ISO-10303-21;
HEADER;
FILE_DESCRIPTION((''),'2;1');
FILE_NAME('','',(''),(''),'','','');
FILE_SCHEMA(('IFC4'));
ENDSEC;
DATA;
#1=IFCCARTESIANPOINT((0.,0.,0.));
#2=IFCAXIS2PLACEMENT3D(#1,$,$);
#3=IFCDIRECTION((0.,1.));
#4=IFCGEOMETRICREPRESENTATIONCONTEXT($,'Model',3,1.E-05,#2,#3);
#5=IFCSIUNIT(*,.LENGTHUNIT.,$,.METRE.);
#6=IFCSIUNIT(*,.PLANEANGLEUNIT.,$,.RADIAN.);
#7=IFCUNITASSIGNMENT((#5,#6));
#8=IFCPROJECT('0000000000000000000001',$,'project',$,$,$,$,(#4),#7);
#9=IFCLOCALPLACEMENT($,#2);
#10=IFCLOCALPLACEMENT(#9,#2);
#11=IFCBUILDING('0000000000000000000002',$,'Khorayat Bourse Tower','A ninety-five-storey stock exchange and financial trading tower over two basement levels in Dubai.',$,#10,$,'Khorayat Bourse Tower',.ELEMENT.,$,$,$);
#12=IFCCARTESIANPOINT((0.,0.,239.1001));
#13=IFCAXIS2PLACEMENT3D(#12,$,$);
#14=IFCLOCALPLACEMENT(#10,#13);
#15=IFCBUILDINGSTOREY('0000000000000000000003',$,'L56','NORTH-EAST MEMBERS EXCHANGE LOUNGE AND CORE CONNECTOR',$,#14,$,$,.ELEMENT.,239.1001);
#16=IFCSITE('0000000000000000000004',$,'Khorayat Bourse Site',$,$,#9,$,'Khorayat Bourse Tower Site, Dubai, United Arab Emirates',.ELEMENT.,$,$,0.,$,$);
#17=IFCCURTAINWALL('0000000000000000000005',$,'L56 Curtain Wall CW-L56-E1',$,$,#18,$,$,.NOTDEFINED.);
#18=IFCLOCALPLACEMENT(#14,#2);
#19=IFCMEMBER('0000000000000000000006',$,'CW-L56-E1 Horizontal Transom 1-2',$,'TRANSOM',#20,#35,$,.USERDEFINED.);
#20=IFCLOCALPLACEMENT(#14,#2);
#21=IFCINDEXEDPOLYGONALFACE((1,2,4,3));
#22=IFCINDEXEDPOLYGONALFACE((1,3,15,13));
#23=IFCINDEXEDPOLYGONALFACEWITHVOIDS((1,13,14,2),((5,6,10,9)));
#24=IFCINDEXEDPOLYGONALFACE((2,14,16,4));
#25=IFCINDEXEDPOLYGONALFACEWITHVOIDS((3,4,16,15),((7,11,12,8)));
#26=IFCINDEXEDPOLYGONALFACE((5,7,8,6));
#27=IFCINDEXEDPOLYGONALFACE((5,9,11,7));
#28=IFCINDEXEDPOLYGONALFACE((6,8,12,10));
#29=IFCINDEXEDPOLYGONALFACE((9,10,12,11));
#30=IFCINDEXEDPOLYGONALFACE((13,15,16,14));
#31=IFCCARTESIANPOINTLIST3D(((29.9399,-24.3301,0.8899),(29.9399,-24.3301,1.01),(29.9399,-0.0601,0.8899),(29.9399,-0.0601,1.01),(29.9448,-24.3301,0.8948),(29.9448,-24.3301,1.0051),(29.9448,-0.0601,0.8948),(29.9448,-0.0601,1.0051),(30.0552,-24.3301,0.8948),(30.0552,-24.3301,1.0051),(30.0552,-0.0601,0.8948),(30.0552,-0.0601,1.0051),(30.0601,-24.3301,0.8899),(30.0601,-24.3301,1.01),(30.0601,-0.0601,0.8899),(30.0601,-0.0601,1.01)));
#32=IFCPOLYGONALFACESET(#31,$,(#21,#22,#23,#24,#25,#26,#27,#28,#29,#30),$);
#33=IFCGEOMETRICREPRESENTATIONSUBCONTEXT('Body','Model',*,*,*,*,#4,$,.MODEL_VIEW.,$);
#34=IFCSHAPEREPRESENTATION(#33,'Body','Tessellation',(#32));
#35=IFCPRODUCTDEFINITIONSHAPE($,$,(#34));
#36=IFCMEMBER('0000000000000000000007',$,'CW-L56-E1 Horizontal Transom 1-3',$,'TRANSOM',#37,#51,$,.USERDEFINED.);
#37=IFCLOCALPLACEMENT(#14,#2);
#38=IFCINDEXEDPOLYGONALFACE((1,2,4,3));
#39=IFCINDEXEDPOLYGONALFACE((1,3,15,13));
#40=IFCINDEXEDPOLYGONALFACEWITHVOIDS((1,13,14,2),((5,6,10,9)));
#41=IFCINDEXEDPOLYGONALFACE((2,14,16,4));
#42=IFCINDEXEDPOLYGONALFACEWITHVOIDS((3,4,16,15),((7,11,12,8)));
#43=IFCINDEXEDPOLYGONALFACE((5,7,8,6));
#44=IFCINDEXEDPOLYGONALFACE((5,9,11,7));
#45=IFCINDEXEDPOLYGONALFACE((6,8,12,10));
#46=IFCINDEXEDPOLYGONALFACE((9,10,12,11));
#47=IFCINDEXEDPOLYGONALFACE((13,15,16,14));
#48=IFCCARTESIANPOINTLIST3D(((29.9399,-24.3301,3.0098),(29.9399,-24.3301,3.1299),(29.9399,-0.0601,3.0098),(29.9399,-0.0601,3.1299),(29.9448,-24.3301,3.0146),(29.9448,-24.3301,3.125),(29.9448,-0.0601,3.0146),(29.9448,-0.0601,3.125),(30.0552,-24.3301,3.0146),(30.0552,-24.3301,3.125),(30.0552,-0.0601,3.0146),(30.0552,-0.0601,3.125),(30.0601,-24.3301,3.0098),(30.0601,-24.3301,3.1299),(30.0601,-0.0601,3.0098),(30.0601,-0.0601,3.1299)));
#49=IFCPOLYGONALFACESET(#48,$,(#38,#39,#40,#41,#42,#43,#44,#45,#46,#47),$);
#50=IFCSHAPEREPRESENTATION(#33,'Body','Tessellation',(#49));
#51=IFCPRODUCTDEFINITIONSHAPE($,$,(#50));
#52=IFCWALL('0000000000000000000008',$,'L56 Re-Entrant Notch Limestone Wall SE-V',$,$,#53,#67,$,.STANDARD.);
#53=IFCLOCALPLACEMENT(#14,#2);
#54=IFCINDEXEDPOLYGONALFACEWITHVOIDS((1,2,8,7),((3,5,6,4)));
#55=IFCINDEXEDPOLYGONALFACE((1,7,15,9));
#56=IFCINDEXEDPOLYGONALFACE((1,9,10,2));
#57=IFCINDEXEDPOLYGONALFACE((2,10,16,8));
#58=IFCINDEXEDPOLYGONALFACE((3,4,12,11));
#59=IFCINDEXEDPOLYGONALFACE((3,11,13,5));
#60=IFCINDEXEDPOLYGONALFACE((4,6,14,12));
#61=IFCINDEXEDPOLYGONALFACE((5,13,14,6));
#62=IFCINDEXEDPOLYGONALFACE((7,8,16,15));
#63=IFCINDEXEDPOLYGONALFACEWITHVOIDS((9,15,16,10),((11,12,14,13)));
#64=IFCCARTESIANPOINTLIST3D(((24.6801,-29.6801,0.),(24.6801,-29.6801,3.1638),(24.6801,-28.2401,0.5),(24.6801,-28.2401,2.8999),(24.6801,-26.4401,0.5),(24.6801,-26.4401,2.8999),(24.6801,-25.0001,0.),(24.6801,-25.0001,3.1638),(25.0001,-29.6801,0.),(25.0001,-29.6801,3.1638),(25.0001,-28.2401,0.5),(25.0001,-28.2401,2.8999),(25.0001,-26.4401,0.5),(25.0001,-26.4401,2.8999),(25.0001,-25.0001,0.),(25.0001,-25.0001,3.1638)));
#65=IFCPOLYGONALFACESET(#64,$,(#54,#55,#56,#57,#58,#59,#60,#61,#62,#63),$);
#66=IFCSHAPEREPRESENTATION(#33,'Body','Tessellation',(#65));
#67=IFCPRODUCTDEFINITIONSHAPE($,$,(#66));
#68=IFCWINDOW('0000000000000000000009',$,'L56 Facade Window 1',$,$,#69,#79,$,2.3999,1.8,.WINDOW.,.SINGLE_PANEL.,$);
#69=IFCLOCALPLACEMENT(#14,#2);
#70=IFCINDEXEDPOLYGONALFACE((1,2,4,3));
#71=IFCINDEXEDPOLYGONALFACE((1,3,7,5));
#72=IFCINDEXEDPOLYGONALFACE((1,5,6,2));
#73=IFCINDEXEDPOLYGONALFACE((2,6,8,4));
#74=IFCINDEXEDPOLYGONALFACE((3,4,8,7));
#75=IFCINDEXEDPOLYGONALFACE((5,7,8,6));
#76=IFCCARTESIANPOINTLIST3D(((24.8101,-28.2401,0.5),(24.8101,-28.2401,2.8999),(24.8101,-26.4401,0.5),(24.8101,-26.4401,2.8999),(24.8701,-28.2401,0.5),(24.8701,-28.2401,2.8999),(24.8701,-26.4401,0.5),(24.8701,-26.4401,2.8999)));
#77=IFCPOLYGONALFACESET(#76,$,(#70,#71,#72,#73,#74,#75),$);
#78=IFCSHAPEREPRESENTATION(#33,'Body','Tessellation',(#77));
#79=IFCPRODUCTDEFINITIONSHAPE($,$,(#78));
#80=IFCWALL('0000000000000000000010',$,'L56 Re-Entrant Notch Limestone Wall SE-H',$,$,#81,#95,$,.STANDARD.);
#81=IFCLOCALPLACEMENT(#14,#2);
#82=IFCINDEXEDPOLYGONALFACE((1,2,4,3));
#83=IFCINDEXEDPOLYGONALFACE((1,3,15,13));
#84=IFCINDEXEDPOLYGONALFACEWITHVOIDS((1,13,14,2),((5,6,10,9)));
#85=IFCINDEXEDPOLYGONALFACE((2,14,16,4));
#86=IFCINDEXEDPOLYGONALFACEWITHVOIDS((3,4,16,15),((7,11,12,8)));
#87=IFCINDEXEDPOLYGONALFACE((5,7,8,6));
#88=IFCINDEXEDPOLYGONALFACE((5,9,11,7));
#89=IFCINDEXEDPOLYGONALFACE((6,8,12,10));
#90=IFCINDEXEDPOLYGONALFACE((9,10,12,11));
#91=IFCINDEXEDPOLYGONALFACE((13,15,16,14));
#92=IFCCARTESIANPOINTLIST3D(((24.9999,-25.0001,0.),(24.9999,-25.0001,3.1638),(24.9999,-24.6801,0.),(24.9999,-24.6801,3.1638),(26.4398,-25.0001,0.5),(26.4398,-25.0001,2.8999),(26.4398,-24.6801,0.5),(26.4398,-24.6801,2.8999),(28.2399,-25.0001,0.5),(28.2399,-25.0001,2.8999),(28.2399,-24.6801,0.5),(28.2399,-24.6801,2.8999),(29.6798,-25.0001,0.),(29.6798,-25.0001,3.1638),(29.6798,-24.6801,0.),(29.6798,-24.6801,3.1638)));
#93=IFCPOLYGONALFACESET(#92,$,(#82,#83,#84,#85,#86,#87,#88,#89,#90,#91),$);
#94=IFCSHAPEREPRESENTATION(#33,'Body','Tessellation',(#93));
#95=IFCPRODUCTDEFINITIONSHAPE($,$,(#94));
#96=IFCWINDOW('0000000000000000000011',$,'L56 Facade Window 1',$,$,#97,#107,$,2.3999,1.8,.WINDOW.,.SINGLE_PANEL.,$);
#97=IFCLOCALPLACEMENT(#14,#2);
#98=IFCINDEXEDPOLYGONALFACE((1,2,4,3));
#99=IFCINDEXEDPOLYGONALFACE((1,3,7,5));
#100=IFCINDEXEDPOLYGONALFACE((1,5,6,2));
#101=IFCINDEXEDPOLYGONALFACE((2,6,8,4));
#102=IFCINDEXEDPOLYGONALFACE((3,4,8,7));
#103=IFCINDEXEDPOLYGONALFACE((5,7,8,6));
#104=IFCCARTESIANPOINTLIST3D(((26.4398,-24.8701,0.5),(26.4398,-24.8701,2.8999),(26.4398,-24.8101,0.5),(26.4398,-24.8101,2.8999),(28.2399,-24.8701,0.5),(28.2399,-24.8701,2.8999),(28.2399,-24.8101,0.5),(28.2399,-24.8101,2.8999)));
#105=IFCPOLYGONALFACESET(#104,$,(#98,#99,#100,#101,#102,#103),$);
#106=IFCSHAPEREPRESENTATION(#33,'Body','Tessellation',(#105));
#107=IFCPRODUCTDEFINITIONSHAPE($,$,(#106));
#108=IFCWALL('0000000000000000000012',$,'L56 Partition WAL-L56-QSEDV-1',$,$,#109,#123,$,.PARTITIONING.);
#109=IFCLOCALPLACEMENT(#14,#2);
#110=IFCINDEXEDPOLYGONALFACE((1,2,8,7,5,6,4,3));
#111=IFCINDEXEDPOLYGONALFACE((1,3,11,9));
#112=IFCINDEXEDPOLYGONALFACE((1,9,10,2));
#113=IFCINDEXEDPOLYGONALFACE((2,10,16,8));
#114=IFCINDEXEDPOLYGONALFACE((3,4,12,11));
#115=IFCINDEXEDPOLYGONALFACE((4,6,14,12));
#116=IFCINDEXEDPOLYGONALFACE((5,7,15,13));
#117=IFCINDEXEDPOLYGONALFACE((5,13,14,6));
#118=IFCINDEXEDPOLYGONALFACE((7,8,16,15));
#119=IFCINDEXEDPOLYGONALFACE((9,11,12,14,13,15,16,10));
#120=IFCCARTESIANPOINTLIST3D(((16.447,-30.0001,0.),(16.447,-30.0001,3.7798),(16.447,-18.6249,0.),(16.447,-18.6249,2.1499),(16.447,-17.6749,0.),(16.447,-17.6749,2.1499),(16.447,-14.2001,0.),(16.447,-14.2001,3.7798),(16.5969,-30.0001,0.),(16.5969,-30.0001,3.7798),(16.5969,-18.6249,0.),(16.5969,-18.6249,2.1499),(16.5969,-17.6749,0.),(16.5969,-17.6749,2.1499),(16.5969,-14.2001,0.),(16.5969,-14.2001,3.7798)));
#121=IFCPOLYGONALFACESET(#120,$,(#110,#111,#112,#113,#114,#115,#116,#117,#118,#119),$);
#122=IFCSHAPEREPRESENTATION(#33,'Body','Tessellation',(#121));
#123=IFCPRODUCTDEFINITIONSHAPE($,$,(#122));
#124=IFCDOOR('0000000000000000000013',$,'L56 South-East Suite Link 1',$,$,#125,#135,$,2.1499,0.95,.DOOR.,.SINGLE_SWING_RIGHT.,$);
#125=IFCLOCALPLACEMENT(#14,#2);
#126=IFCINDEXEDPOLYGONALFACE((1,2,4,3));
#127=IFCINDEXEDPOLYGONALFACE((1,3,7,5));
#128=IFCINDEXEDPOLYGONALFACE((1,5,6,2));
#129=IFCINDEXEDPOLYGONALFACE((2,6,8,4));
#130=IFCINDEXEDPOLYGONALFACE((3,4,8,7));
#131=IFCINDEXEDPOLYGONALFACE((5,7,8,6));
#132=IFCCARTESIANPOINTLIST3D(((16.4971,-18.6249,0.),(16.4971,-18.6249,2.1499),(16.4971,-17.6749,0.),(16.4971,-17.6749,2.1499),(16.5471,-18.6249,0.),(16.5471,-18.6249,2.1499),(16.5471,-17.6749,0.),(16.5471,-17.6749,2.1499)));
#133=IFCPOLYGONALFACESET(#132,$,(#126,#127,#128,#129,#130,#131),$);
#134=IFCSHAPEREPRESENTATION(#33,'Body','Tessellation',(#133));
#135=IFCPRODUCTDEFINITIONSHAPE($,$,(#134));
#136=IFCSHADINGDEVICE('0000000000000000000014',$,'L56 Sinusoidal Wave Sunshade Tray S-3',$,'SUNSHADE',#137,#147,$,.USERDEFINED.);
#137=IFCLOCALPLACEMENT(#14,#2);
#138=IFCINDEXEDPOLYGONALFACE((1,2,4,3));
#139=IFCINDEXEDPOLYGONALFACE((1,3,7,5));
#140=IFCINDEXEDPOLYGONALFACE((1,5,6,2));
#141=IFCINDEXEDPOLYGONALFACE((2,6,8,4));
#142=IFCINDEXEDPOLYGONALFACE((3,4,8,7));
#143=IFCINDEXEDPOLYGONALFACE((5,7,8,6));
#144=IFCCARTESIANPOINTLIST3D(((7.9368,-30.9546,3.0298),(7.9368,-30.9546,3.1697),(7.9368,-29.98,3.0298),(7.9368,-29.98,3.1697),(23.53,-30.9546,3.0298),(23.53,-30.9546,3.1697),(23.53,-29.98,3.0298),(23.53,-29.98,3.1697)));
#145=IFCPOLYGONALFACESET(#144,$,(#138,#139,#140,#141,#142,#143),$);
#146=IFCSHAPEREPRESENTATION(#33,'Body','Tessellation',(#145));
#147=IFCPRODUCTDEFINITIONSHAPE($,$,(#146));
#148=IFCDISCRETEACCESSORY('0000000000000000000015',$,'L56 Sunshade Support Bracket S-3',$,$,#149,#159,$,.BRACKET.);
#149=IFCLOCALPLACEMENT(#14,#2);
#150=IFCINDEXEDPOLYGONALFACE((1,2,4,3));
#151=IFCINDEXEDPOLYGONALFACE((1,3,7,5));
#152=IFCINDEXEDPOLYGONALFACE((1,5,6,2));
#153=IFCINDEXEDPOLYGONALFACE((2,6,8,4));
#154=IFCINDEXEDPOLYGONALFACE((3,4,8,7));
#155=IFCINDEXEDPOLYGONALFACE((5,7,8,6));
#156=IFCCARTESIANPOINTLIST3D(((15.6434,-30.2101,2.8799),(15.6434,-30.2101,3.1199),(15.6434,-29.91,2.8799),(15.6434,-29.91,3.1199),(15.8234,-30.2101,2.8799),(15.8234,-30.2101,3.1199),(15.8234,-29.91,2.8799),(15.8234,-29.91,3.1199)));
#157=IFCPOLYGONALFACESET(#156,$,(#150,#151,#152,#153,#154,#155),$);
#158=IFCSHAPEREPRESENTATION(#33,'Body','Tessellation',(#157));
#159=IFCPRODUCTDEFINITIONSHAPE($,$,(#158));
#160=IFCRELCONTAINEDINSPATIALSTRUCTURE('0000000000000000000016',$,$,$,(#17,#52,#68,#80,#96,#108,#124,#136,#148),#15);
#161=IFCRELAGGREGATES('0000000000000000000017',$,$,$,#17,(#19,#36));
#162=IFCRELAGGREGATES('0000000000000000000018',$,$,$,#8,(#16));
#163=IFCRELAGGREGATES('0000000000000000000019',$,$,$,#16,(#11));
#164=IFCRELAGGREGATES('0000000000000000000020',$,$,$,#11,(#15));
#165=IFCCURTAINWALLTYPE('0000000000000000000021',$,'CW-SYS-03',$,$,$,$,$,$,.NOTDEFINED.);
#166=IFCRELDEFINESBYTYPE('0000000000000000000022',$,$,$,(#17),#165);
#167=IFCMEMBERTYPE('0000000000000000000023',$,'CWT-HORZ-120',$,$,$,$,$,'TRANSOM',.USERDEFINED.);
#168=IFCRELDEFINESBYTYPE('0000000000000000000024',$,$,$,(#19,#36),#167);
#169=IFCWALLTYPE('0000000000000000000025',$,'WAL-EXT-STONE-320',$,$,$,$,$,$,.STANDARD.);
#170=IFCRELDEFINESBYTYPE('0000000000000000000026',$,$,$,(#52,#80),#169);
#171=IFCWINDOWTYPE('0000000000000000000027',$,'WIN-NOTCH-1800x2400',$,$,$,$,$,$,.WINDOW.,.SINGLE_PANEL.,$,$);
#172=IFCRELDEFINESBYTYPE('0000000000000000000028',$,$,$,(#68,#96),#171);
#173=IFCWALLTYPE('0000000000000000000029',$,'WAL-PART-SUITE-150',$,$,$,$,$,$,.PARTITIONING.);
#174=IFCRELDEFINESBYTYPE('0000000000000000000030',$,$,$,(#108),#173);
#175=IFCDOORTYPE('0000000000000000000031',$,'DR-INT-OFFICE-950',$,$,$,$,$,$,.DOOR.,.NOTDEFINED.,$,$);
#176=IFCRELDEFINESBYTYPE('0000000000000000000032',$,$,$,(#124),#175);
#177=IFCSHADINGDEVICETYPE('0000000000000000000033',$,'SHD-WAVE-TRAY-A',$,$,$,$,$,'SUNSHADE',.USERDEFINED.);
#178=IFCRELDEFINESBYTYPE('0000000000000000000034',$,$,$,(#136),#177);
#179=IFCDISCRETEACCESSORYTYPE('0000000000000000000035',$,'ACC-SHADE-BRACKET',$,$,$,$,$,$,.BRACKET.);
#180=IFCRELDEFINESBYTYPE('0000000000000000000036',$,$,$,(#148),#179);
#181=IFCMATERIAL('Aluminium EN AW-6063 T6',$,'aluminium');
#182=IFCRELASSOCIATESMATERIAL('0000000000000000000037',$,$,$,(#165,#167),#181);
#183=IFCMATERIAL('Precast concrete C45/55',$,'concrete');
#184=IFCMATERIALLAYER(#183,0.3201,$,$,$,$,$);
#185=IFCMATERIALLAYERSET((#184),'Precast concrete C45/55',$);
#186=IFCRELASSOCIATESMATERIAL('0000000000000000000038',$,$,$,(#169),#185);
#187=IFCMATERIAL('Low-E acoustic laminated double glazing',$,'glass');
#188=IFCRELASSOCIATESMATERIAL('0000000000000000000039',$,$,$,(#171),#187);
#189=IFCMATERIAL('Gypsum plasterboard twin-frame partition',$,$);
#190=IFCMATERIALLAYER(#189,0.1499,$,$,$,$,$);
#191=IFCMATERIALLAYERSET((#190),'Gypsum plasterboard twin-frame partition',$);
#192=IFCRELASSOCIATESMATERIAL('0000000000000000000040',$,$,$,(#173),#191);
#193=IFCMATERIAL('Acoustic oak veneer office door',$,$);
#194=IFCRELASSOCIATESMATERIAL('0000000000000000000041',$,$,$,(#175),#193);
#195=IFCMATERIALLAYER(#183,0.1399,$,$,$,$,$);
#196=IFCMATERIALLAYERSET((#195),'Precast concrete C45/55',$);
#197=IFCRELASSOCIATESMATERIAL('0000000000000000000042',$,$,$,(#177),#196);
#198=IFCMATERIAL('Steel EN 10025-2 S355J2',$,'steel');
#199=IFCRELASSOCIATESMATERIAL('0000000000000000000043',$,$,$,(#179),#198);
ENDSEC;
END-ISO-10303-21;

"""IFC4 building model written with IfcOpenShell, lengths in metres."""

from ifc_helpers import new_model, si_unit, direction, frame, frame_2d, origin, origin_2d, place, context, subcontext, project, spatial, rectangle, hollow_rectangle, extrude, source, transform, mapped, material, layer, layer_set, material_profile, profile_set, type_object, element, fill, aggregate, save


model = new_model("IFC4")

# Units and contexts
model_context = context("Model", 3, precision=1e-05, world=origin(), true_north=direction((0.0, 1.0)))
body_context = subcontext(model_context, "Body", "Model", "MODEL_VIEW")
ifc_project = project(units=[si_unit("LENGTHUNIT", "METRE"), si_unit("PLANEANGLEUNIT", "RADIAN")], contexts=[model_context])

# Site, building, storey
site_placement = place(None, origin())
site = spatial("IfcSite", under=ifc_project, at=site_placement, Name="Khorayat Bourse Site", LongName="Khorayat Bourse Tower Site, Dubai, United Arab Emirates", CompositionType="ELEMENT", RefElevation=0.0)
building_placement = place(site_placement, origin())
building = spatial("IfcBuilding", under=site, at=building_placement, Name="Khorayat Bourse Tower", Description="A ninety-five-storey stock exchange and financial trading tower over two basement levels in Dubai.", LongName="Khorayat Bourse Tower", CompositionType="ELEMENT")
storey_placement = place(building_placement, frame((0.0, 0.0, 239.1001)))
storey = spatial("IfcBuildingStorey", under=building, at=storey_placement, Name="L56", Description="NORTH-EAST MEMBERS EXCHANGE LOUNGE AND CORE CONNECTOR", CompositionType="ELEMENT", Elevation=239.1001)

# Curtain wall
ifc_material_1 = material(Name="Aluminium EN AW-6063 T6", Category="aluminium")
curtain_wall_type = type_object("IfcCurtainWallType", Name="CW-SYS-03", PredefinedType="NOTDEFINED", material=ifc_material_1)
curtain_wall_1_placement = place(storey_placement, origin())
curtain_wall_1 = element("IfcCurtainWall", 1, at=curtain_wall_1_placement, inside=storey, type_object=curtain_wall_type, Name="L56 Curtain Wall CW-L56-E1", PredefinedType="NOTDEFINED")

# Members
ifc_material_profile_1 = material_profile(ifc_material_1, hollow_rectangle(XDim=0.1201, YDim=0.1201, WallThickness=0.0049, at=origin_2d()), Name="ALU 120x120x5")
ifc_profile_set_1 = profile_set([ifc_material_profile_1], Name="Aluminium EN AW-6063 T6")
member_type_1 = type_object("IfcMemberType", Name="CWT-HORZ-120", ElementType="TRANSOM", PredefinedType="USERDEFINED", material=ifc_profile_set_1)
shared_shape_1 = source(origin(), body_context, "Body", "SweptSolid", [
    extrude(hollow_rectangle(XDim=0.1201, YDim=0.1201, WallThickness=0.0049, at=origin_2d()), origin(), (0.0, 0.0, 1.0), 24.27),
])
member_1_placement = place(storey_placement, frame((30.0, -24.3301, 0.95), z_axis=(0.0, 1.0, 0.0), x_axis=(-1.0, 0.0, 0.0)))
member_1 = element("IfcMember", 2, at=member_1_placement, type_object=member_type_1, Name="CW-L56-E1 Horizontal Transom 1-2", ObjectType="TRANSOM", PredefinedType="USERDEFINED", context=body_context, shape_type="MappedRepresentation", body=[
    mapped(shared_shape_1, transform((0.0, 0.0, 0.0), scale=1.0)),
])
member_2_placement = place(storey_placement, frame((30.0, -24.3301, 3.0698), z_axis=(0.0, 1.0, 0.0), x_axis=(-1.0, 0.0, 0.0)))
member_2 = element("IfcMember", 3, at=member_2_placement, type_object=member_type_1, Name="CW-L56-E1 Horizontal Transom 1-3", ObjectType="TRANSOM", PredefinedType="USERDEFINED", context=body_context, shape_type="MappedRepresentation", body=[
    mapped(shared_shape_1, transform((0.0, 0.0, 0.0), scale=1.0)),
])
aggregate(curtain_wall_1, [member_1, member_2])

# Walls, openings, windows
ifc_material_2 = material(Name="Precast concrete C45/55", Category="concrete")
ifc_layer_1 = layer(ifc_material_2, 0.3201)
ifc_layer_set_1 = layer_set([ifc_layer_1], Name="Precast concrete C45/55")
wall_type_1 = type_object("IfcWallType", Name="WAL-EXT-STONE-320", PredefinedType="STANDARD", material=ifc_layer_set_1)
shared_shape_2 = source(origin(), body_context, "Body", "SweptSolid", [
    extrude(rectangle(XDim=4.6799, YDim=0.3201, at=frame_2d((2.3398, 0.0))), origin(), (0.0, 0.0, 1.0), 3.1638),
])
wall_1_placement = place(storey_placement, frame((24.8401, -29.6799, 0.0), z_axis=(0.0, 0.0, 1.0), x_axis=(0.0, 1.0, 0.0)))
wall_1 = element("IfcWall", 4, at=wall_1_placement, inside=storey, type_object=wall_type_1, Name="L56 Re-Entrant Notch Limestone Wall SE-V", PredefinedType="STANDARD", context=body_context, shape_type="MappedRepresentation", body=[
    mapped(shared_shape_2, transform((0.0, 0.0, 0.0), scale=1.0)),
])
shared_shape_3 = source(origin(), body_context, "Body", "SweptSolid", [
    extrude(rectangle(XDim=1.8, YDim=2.3999, at=frame_2d((0.8999, 1.2))), frame((0.0, 0.1699, 0.0), z_axis=(0.0, -1.0, 0.0), x_axis=(1.0, 0.0, 0.0)), (0.0, 0.0, 1.0), 0.3401),
])
opening_1_placement = place(wall_1_placement, frame((1.4399, 0.0, 0.5)))
opening_1 = element("IfcOpeningElement", 5, at=opening_1_placement, cuts=wall_1, PredefinedType="OPENING", context=body_context, shape_type="MappedRepresentation", body=[
    mapped(shared_shape_3, transform((0.0, 0.0, 0.0), scale=1.0)),
])
ifc_material_3 = material(Name="Low-E acoustic laminated double glazing", Category="glass")
window_type = type_object("IfcWindowType", Name="WIN-NOTCH-1800x2400", PartitioningType="SINGLE_PANEL", PredefinedType="WINDOW", material=ifc_material_3)
shared_shape_4 = source(origin(), body_context, "Body", "SweptSolid", [
    extrude(rectangle(XDim=1.8, YDim=2.3999, at=frame_2d((0.8999, 1.2))), frame((0.0, 0.03, 0.0), z_axis=(0.0, -1.0, 0.0), x_axis=(1.0, 0.0, 0.0)), (0.0, 0.0, 1.0), 0.0601),
])
window_1_placement = place(opening_1_placement, origin())
window_1 = element("IfcWindow", 6, at=window_1_placement, inside=storey, type_object=window_type, Name="L56 Facade Window 1", OverallHeight=2.3999, OverallWidth=1.8, PartitioningType="SINGLE_PANEL", PredefinedType="WINDOW", context=body_context, shape_type="MappedRepresentation", body=[
    mapped(shared_shape_4, transform((0.0, 0.0, 0.0), scale=1.0)),
])
fill(opening_1, window_1)
wall_2_placement = place(storey_placement, frame((25.0, -24.8401, 0.0), z_axis=(0.0, 0.0, 1.0), x_axis=(1.0, 0.0, 0.0)))
wall_2 = element("IfcWall", 7, at=wall_2_placement, inside=storey, type_object=wall_type_1, Name="L56 Re-Entrant Notch Limestone Wall SE-H", PredefinedType="STANDARD", context=body_context, shape_type="MappedRepresentation", body=[
    mapped(shared_shape_2, transform((0.0, 0.0, 0.0), scale=1.0)),
])
opening_2_placement = place(wall_2_placement, frame((1.4399, 0.0, 0.5)))
opening_2 = element("IfcOpeningElement", 8, at=opening_2_placement, cuts=wall_2, PredefinedType="OPENING", context=body_context, shape_type="MappedRepresentation", body=[
    mapped(shared_shape_3, transform((0.0, 0.0, 0.0), scale=1.0)),
])
window_2_placement = place(opening_2_placement, origin())
window_2 = element("IfcWindow", 9, at=window_2_placement, inside=storey, type_object=window_type, Name="L56 Facade Window 1", OverallHeight=2.3999, OverallWidth=1.8, PartitioningType="SINGLE_PANEL", PredefinedType="WINDOW", context=body_context, shape_type="MappedRepresentation", body=[
    mapped(shared_shape_4, transform((0.0, 0.0, 0.0), scale=1.0)),
])
fill(opening_2, window_2)

# Wall, opening, door
ifc_material_4 = material(Name="Gypsum plasterboard twin-frame partition")
ifc_layer_2 = layer(ifc_material_4, 0.1499)
ifc_layer_set_2 = layer_set([ifc_layer_2], Name="Gypsum plasterboard twin-frame partition")
wall_type_2 = type_object("IfcWallType", Name="WAL-PART-SUITE-150", PredefinedType="PARTITIONING", material=ifc_layer_set_2)
shared_shape_5 = source(origin(), body_context, "Body", "SweptSolid", [
    extrude(rectangle(XDim=15.8, YDim=0.1499, at=frame_2d((7.8999, 0.0))), origin(), (0.0, 0.0, 1.0), 3.7798),
])
wall_3_placement = place(storey_placement, frame((16.522, -30.0, 0.0), z_axis=(0.0, 0.0, 1.0), x_axis=(0.0, 1.0, 0.0)))
wall_3 = element("IfcWall", 10, at=wall_3_placement, inside=storey, type_object=wall_type_2, Name="L56 Partition WAL-L56-QSEDV-1", PredefinedType="PARTITIONING", context=body_context, shape_type="MappedRepresentation", body=[
    mapped(shared_shape_5, transform((0.0, 0.0, 0.0), scale=1.0)),
])
shared_shape_6 = source(origin(), body_context, "Body", "SweptSolid", [
    extrude(rectangle(XDim=0.95, YDim=2.1499, at=frame_2d((0.4751, 1.075))), frame((0.0, 0.085, 0.0), z_axis=(0.0, -1.0, 0.0), x_axis=(1.0, 0.0, 0.0)), (0.0, 0.0, 1.0), 0.1699),
])
opening_3_placement = place(wall_3_placement, frame((11.375, 0.0, 0.0)))
opening_3 = element("IfcOpeningElement", 11, at=opening_3_placement, cuts=wall_3, PredefinedType="OPENING", context=body_context, shape_type="MappedRepresentation", body=[
    mapped(shared_shape_6, transform((0.0, 0.0, 0.0), scale=1.0)),
])
ifc_material_5 = material(Name="Acoustic oak veneer office door")
door_type = type_object("IfcDoorType", Name="DR-INT-OFFICE-950", OperationType="NOTDEFINED", PredefinedType="DOOR", material=ifc_material_5)
shared_shape_7 = source(origin(), body_context, "Body", "SweptSolid", [
    extrude(rectangle(XDim=0.95, YDim=2.1499, at=frame_2d((0.4751, 1.075))), frame((0.0, 0.0249, 0.0), z_axis=(0.0, -1.0, 0.0), x_axis=(1.0, 0.0, 0.0)), (0.0, 0.0, 1.0), 0.05),
])
door_placement = place(opening_3_placement, origin())
door = element("IfcDoor", 12, at=door_placement, inside=storey, type_object=door_type, Name="L56 South-East Suite Link 1", OperationType="SINGLE_SWING_RIGHT", OverallHeight=2.1499, OverallWidth=0.95, PredefinedType="DOOR", context=body_context, shape_type="MappedRepresentation", body=[
    mapped(shared_shape_7, transform((0.0, 0.0, 0.0), scale=1.0)),
])
fill(opening_3, door)

# Shading device
ifc_layer_3 = layer(ifc_material_2, 0.1399)
ifc_layer_set_3 = layer_set([ifc_layer_3], Name="Precast concrete C45/55")
shading_device_type = type_object("IfcShadingDeviceType", Name="SHD-WAVE-TRAY-A", ElementType="SUNSHADE", PredefinedType="USERDEFINED", material=ifc_layer_set_3)
shared_shape_8 = source(origin(), body_context, "Body", "SweptSolid", [
    extrude(rectangle(XDim=15.5933, YDim=0.9746, at=origin_2d()), origin(), (0.0, 0.0, 1.0), 0.1399),
])
shading_device_placement = place(storey_placement, frame((15.7334, -30.4673, 3.0298), z_axis=(0.0, 0.0, 1.0), x_axis=(1.0, 0.0, 0.0)))
element("IfcShadingDevice", 13, at=shading_device_placement, inside=storey, type_object=shading_device_type, Name="L56 Sinusoidal Wave Sunshade Tray S-3", ObjectType="SUNSHADE", PredefinedType="USERDEFINED", context=body_context, shape_type="MappedRepresentation", body=[
    mapped(shared_shape_8, transform((0.0, 0.0, 0.0), scale=1.0)),
])

# Discrete accessory
ifc_material_6 = material(Name="Steel EN 10025-2 S355J2", Category="steel")
discrete_accessory_type = type_object("IfcDiscreteAccessoryType", Name="ACC-SHADE-BRACKET", PredefinedType="BRACKET", material=ifc_material_6)
shared_shape_9 = source(origin(), body_context, "Body", "SweptSolid", [
    extrude(rectangle(XDim=0.1799, YDim=0.3, at=origin_2d()), origin(), (0.0, 0.0, 1.0), 0.24),
])
discrete_accessory_placement = place(storey_placement, frame((15.7334, -30.0601, 2.8799), z_axis=(0.0, 0.0, 1.0), x_axis=(1.0, 0.0, 0.0)))
element("IfcDiscreteAccessory", 14, at=discrete_accessory_placement, inside=storey, type_object=discrete_accessory_type, Name="L56 Sunshade Support Bracket S-3", PredefinedType="BRACKET", context=body_context, shape_type="MappedRepresentation", body=[
    mapped(shared_shape_9, transform((0.0, 0.0, 0.0), scale=1.0)),
])

save(model, "model.ifc")
